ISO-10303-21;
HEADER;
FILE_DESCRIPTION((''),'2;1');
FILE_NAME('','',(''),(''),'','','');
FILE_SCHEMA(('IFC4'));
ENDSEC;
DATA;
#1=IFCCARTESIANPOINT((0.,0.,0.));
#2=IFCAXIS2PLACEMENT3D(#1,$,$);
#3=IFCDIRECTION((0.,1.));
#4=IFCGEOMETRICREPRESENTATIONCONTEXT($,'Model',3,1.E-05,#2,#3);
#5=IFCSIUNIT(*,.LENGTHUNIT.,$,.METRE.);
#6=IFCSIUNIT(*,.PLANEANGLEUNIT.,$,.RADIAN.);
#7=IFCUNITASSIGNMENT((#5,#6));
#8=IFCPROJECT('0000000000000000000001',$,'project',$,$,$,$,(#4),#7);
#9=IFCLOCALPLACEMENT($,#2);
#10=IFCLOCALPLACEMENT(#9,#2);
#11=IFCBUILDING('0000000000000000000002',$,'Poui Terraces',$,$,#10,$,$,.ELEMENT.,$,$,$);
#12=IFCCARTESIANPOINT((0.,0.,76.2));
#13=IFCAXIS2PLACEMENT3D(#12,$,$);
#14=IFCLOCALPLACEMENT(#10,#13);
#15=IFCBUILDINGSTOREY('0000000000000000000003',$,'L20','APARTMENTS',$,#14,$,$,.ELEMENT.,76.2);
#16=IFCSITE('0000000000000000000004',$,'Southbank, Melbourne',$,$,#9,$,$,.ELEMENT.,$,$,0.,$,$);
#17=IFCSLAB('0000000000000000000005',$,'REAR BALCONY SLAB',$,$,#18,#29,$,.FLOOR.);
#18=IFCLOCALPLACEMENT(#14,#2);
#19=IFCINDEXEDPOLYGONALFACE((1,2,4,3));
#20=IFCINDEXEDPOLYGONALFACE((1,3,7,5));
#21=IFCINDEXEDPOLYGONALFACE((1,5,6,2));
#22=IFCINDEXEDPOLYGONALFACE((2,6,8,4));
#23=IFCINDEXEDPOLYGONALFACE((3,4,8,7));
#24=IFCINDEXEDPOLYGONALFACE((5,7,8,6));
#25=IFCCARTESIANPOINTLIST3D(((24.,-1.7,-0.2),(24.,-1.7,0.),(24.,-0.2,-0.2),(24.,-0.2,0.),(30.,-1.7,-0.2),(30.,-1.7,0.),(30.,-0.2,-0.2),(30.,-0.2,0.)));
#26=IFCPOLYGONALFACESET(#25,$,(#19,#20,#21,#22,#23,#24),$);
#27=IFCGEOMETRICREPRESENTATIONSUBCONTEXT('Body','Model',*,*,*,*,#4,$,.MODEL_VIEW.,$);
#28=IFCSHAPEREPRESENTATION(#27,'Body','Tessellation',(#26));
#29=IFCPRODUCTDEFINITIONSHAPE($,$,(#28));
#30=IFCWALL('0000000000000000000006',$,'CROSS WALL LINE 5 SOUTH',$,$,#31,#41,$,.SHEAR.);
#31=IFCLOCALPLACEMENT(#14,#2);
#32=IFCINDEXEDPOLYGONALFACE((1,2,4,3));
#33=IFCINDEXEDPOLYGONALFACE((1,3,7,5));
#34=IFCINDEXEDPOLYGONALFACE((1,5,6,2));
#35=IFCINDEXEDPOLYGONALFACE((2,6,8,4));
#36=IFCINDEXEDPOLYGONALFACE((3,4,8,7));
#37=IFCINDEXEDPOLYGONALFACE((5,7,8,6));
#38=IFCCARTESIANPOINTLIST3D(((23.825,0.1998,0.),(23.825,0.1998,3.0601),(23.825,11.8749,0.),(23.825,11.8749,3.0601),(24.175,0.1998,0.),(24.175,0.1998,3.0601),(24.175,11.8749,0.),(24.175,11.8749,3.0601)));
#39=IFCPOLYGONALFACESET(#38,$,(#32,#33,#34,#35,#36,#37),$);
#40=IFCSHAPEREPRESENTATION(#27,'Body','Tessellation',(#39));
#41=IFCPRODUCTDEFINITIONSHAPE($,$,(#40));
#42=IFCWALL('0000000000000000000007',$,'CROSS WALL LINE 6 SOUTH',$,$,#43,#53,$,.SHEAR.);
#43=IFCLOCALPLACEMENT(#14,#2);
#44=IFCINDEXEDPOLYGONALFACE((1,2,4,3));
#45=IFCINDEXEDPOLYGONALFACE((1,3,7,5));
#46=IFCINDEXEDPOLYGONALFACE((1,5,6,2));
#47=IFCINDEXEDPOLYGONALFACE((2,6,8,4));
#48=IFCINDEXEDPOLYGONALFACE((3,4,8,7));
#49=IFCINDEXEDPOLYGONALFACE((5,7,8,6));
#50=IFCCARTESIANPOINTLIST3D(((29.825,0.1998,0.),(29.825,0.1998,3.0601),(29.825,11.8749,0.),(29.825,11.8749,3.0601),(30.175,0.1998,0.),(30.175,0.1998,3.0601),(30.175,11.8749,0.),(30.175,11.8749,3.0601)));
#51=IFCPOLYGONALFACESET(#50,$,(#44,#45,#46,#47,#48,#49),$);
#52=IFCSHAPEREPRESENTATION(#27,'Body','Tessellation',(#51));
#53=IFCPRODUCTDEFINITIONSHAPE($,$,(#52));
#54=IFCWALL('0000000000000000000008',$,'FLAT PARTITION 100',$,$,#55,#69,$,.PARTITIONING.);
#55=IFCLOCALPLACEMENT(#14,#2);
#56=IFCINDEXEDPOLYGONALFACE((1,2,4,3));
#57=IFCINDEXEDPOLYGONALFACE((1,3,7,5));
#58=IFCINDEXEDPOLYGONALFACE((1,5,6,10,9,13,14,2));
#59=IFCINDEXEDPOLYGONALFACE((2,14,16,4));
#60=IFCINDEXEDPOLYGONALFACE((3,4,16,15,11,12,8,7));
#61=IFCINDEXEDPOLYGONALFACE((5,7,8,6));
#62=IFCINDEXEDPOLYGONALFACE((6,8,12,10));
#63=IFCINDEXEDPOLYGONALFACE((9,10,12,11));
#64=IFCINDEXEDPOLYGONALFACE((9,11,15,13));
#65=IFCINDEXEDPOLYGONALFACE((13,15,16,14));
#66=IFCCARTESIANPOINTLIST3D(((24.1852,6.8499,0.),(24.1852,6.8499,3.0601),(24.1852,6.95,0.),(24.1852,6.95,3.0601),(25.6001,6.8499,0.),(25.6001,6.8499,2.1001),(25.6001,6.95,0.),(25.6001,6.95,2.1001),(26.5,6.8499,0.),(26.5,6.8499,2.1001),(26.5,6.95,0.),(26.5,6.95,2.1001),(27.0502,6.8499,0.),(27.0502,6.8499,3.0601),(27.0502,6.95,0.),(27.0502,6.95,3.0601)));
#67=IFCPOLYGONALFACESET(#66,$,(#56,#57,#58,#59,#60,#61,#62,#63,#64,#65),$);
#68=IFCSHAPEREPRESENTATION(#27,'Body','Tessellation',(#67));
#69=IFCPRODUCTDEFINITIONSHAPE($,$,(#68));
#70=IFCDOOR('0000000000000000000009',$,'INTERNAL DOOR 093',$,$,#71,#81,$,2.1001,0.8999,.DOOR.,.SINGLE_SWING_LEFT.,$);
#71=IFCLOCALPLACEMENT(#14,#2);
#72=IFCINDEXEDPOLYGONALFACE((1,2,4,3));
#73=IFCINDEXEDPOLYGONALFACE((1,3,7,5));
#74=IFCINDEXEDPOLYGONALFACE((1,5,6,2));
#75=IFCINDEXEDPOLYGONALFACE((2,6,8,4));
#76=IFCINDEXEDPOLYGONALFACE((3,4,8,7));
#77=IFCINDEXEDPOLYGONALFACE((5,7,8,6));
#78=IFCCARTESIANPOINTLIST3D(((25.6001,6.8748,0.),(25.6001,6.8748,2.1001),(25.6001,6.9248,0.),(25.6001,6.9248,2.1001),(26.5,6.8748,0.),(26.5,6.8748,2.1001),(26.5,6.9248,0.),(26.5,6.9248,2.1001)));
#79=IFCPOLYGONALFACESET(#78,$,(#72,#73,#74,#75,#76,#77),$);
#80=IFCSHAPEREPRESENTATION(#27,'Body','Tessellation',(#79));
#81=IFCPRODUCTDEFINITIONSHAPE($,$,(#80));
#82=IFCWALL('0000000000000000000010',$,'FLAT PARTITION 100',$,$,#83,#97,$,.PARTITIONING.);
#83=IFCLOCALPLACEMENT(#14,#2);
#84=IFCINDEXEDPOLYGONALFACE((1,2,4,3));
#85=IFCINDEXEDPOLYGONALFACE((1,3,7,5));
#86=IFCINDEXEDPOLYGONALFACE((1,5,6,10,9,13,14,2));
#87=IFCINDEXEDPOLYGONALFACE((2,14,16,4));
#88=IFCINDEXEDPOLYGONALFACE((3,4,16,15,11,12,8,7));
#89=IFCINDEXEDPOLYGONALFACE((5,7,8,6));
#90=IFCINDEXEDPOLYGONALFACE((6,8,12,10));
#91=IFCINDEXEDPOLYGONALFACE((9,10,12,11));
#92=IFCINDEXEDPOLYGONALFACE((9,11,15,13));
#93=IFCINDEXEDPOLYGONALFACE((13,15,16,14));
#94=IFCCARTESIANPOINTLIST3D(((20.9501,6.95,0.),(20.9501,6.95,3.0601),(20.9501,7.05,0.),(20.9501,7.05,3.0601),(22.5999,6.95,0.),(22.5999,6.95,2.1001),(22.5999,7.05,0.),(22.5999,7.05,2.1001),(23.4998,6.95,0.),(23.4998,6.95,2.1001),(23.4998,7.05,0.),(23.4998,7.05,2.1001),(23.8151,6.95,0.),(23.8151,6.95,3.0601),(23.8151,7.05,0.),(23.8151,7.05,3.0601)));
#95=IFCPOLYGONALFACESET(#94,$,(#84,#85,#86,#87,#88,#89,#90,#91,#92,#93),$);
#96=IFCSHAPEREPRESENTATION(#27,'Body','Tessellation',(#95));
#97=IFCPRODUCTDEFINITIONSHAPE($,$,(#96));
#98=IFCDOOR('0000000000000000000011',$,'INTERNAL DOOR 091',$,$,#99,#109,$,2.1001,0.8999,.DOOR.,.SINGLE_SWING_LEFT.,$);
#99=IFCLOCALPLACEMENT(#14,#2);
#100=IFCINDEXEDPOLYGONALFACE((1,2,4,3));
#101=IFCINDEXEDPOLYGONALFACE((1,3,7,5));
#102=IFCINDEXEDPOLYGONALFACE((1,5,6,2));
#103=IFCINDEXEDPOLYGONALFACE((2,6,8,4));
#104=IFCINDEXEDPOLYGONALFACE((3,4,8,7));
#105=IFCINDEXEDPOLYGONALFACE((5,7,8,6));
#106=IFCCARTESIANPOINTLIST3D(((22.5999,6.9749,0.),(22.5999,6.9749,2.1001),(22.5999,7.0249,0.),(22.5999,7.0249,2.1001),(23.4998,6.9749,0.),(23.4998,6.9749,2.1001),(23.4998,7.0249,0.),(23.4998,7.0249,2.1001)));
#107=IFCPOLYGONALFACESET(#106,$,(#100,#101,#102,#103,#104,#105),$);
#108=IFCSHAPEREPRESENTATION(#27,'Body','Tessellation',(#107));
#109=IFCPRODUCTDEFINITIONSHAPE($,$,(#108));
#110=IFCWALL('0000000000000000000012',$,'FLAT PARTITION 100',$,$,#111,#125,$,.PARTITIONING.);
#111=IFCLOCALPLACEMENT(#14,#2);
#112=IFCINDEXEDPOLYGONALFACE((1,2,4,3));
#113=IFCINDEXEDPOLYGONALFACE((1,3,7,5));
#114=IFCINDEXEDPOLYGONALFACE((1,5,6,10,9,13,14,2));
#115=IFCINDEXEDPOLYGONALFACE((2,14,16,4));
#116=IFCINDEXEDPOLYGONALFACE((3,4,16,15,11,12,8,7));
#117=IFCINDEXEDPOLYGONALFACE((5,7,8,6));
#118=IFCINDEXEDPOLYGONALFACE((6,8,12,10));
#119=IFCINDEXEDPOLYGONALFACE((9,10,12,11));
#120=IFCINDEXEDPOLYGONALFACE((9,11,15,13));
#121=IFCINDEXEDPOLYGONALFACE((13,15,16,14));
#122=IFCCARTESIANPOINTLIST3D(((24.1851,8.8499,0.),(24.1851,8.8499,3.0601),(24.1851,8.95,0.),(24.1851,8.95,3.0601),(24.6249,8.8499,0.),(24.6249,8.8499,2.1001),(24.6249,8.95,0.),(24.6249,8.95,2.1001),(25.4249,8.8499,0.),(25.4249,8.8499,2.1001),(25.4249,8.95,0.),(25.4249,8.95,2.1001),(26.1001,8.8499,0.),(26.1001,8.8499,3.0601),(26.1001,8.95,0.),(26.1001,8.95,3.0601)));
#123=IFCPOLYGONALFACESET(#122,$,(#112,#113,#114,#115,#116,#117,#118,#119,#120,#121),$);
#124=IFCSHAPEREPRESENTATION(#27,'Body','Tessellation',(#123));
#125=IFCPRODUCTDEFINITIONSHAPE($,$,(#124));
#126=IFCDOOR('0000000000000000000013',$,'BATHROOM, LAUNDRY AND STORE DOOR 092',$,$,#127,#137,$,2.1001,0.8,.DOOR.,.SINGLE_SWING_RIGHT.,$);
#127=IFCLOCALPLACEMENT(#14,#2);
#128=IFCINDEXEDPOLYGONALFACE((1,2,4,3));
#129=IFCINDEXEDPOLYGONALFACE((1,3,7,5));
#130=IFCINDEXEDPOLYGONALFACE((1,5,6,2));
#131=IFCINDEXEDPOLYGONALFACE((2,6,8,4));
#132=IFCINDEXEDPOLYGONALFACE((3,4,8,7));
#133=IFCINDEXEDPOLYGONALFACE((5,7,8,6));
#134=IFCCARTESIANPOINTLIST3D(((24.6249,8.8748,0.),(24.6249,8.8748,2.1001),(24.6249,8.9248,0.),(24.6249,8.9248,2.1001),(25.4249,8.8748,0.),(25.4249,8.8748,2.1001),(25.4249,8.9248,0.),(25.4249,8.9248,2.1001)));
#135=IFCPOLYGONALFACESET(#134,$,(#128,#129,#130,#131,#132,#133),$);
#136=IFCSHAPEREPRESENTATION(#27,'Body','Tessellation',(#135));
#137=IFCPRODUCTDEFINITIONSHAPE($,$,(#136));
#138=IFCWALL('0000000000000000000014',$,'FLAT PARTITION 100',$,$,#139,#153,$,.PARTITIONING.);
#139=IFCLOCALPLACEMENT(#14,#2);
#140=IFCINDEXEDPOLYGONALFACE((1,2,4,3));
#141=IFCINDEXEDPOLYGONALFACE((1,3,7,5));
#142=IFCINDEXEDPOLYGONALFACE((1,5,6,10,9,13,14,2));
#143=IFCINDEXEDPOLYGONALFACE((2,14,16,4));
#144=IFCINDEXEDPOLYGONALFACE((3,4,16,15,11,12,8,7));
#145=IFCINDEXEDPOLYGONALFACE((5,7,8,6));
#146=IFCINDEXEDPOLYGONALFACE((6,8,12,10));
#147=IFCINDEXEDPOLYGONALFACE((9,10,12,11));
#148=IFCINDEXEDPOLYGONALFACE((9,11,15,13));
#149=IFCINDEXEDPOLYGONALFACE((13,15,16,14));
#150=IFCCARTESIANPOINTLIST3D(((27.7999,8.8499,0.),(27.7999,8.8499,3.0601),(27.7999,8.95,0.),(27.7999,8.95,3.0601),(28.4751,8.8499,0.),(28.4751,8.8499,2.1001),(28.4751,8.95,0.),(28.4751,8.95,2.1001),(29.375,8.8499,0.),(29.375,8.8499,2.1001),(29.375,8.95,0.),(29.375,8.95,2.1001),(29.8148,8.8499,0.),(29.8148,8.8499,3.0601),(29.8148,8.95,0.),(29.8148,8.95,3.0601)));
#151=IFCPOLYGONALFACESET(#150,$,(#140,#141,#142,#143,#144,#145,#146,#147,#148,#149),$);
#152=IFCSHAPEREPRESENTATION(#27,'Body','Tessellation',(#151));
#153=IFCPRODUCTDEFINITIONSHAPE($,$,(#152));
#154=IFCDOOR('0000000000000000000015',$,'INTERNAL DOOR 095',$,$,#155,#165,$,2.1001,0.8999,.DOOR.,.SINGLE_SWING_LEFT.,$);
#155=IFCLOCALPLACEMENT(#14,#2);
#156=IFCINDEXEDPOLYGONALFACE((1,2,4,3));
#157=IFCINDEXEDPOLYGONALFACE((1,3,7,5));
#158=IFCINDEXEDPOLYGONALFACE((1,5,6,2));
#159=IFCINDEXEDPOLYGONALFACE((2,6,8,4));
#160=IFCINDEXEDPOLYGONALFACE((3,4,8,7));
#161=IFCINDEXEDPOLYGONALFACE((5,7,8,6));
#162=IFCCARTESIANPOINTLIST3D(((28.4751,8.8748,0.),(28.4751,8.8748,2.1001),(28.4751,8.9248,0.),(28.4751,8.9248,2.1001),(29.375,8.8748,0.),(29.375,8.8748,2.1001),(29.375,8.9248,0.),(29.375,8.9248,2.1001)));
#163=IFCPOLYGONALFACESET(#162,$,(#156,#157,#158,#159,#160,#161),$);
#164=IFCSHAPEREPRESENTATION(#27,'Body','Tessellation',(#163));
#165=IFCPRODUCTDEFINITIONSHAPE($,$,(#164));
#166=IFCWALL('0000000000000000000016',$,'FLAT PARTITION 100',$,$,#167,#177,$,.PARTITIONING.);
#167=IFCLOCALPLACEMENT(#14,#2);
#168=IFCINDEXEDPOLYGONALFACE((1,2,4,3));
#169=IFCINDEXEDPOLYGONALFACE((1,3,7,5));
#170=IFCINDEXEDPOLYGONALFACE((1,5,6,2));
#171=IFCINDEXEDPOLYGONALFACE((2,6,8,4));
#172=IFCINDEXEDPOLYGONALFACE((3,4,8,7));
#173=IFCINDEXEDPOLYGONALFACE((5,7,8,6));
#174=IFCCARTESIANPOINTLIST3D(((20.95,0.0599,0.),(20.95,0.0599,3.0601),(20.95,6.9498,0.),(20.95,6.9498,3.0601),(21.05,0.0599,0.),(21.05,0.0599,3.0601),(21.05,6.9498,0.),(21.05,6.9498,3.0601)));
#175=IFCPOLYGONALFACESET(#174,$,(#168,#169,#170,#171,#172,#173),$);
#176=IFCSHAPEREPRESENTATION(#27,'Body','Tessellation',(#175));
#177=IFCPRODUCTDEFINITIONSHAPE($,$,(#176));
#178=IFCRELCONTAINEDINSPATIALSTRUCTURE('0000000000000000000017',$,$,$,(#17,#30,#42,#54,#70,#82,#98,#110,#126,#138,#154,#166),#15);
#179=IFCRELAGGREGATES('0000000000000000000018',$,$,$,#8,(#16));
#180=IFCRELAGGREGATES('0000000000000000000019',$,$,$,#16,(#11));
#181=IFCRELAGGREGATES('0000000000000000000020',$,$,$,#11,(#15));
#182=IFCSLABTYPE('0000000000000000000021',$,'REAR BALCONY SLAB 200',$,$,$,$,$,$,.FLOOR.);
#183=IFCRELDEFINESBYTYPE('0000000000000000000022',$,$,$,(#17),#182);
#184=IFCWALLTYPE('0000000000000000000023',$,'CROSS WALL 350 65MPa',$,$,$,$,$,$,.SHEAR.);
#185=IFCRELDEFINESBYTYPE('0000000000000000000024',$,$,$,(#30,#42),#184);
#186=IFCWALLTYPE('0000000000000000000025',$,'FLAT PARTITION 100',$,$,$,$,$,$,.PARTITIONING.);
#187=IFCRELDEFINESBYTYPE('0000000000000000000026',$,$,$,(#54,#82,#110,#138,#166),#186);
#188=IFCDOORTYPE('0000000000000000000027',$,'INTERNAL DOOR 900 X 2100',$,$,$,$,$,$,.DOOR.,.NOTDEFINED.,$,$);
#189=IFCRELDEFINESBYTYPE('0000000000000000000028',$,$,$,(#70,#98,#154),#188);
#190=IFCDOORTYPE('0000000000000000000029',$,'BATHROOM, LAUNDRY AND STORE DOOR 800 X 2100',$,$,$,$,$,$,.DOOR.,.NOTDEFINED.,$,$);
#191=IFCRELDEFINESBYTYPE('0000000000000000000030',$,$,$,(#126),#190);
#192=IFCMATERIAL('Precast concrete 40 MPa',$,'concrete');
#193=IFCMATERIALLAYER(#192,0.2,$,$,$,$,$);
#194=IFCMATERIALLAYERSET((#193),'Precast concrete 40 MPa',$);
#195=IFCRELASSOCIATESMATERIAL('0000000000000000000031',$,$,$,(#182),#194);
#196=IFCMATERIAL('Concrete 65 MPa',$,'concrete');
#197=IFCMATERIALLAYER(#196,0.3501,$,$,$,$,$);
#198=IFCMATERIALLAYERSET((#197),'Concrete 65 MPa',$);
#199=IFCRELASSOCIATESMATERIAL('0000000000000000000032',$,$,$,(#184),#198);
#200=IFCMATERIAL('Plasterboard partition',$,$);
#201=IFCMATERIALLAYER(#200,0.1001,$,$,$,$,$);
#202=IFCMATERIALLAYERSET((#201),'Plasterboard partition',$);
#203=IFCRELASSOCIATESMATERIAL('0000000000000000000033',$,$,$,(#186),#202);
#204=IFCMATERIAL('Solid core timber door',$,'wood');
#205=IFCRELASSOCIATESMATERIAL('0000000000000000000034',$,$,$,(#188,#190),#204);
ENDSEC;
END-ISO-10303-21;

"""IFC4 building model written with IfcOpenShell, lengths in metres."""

from ifc_helpers import new_model, si_unit, direction, frame, frame_2d, origin, place, context, subcontext, project, spatial, polyline, rectangle, outline, extrude, source, transform, mapped, material, layer, layer_set, type_object, element, fill, save


model = new_model("IFC4")

# Units and contexts
model_context = context("Model", 3, precision=1e-05, world=origin(), true_north=direction((0.0, 1.0)))
body_context = subcontext(model_context, "Body", "Model", "MODEL_VIEW")
ifc_project = project(units=[si_unit("LENGTHUNIT", "METRE"), si_unit("PLANEANGLEUNIT", "RADIAN")], contexts=[model_context])

# Site, building, storey
site_placement = place(None, origin())
site = spatial("IfcSite", under=ifc_project, at=site_placement, Name="Southbank, Melbourne", CompositionType="ELEMENT", RefElevation=0.0)
building_placement = place(site_placement, origin())
building = spatial("IfcBuilding", under=site, at=building_placement, Name="Poui Terraces", CompositionType="ELEMENT")
storey_placement = place(building_placement, frame((0.0, 0.0, 76.2)))
storey = spatial("IfcBuildingStorey", under=building, at=storey_placement, Name="L20", Description="APARTMENTS", CompositionType="ELEMENT", Elevation=76.2)

# Slab
ifc_material_1 = material(Name="Precast concrete 40 MPa", Category="concrete")
ifc_layer_1 = layer(ifc_material_1, 0.2)
ifc_layer_set_1 = layer_set([ifc_layer_1], Name="Precast concrete 40 MPa")
slab_type = type_object("IfcSlabType", Name="REAR BALCONY SLAB 200", PredefinedType="FLOOR", material=ifc_layer_set_1)
shared_shape_1 = source(origin(), body_context, "Body", "SweptSolid", [
    extrude(outline(polyline([(0.0, 0.0), (6.0, 0.0), (6.0, 1.5), (0.0, 1.5), (0.0, 0.0)])), origin(), (0.0, 0.0, 1.0), 0.2),
])
slab_placement = place(storey_placement, frame((24.0, -1.7, -0.2)))
element("IfcSlab", 1, at=slab_placement, inside=storey, type_object=slab_type, Name="REAR BALCONY SLAB", PredefinedType="FLOOR", context=body_context, shape_type="MappedRepresentation", body=[
    mapped(shared_shape_1, transform((0.0, 0.0, 0.0))),
])

# Walls
ifc_material_2 = material(Name="Concrete 65 MPa", Category="concrete")
ifc_layer_2 = layer(ifc_material_2, 0.3501)
ifc_layer_set_2 = layer_set([ifc_layer_2], Name="Concrete 65 MPa")
wall_type_1 = type_object("IfcWallType", Name="CROSS WALL 350 65MPa", PredefinedType="SHEAR", material=ifc_layer_set_2)
for number, where, z_axis, x_axis, name in (
    (2, (24.0, 0.2, 0.0), (0.0, 0.0, 1.0), (0.0, 1.0, 0.0), "CROSS WALL LINE 5 SOUTH"),
    (3, (30.0, 0.2, 0.0), (0.0, 0.0, 1.0), (0.0, 1.0, 0.0), "CROSS WALL LINE 6 SOUTH"),
):
    element("IfcWall", number, at=place(storey_placement, frame(where, z_axis=z_axis, x_axis=x_axis)), inside=storey, type_object=wall_type_1, Name=name, PredefinedType="SHEAR", context=body_context, shape_type="SweptSolid", body=[
        extrude(rectangle(XDim=11.675, YDim=0.3501, at=frame_2d((5.8374, 0.0))), origin(), (0.0, 0.0, 1.0), 3.0601),
    ])

# Walls, openings, doors
ifc_material_3 = material(Name="Plasterboard partition")
ifc_layer_3 = layer(ifc_material_3, 0.1001)
ifc_layer_set_3 = layer_set([ifc_layer_3], Name="Plasterboard partition")
wall_type_2 = type_object("IfcWallType", Name="FLAT PARTITION 100", PredefinedType="PARTITIONING", material=ifc_layer_set_3)
wall_1_placement = place(storey_placement, frame((24.1851, 6.8999, 0.0), z_axis=(0.0, 0.0, 1.0), x_axis=(1.0, 0.0, 0.0)))
wall_1 = element("IfcWall", 4, at=wall_1_placement, inside=storey, type_object=wall_type_2, Name="FLAT PARTITION 100", PredefinedType="PARTITIONING", context=body_context, shape_type="SweptSolid", body=[
    extrude(rectangle(XDim=2.865, YDim=0.1001, at=frame_2d((1.4326, 0.0))), origin(), (0.0, 0.0, 1.0), 3.0601),
])
opening_1_placement = place(wall_1_placement, frame((1.415, 0.0, 0.0)))
opening_1 = element("IfcOpeningElement", 5, at=opening_1_placement, cuts=wall_1, PredefinedType="OPENING", context=body_context, shape_type="SweptSolid", body=[
    extrude(rectangle(XDim=0.8999, YDim=2.1001, at=frame_2d((0.45, 1.05))), frame((0.0, 0.0601, 0.0), z_axis=(0.0, -1.0, 0.0), x_axis=(1.0, 0.0, 0.0)), (0.0, 0.0, 1.0), 0.1201),
])
ifc_material_4 = material(Name="Solid core timber door", Category="wood")
door_type_1 = type_object("IfcDoorType", Name="INTERNAL DOOR 900 X 2100", OperationType="NOTDEFINED", PredefinedType="DOOR", material=ifc_material_4)
door_1_placement = place(opening_1_placement, origin())
door_1 = element("IfcDoor", 6, at=door_1_placement, inside=storey, type_object=door_type_1, Name="INTERNAL DOOR 093", OperationType="SINGLE_SWING_LEFT", OverallHeight=2.1001, OverallWidth=0.8999, PredefinedType="DOOR", context=body_context, shape_type="SweptSolid", body=[
    extrude(rectangle(XDim=0.8999, YDim=2.1001, at=frame_2d((0.45, 1.05))), frame((0.0, 0.0249, 0.0), z_axis=(0.0, -1.0, 0.0), x_axis=(1.0, 0.0, 0.0)), (0.0, 0.0, 1.0), 0.05),
])
fill(opening_1, door_1)
wall_2_placement = place(storey_placement, frame((20.95, 7.0, 0.0), z_axis=(0.0, 0.0, 1.0), x_axis=(1.0, 0.0, 0.0)))
wall_2 = element("IfcWall", 7, at=wall_2_placement, inside=storey, type_object=wall_type_2, Name="FLAT PARTITION 100", PredefinedType="PARTITIONING", context=body_context, shape_type="SweptSolid", body=[
    extrude(rectangle(XDim=2.865, YDim=0.1001, at=frame_2d((1.4326, 0.0))), origin(), (0.0, 0.0, 1.0), 3.0601),
])
opening_2_placement = place(wall_2_placement, frame((1.6499, 0.0, 0.0)))
opening_2 = element("IfcOpeningElement", 8, at=opening_2_placement, cuts=wall_2, PredefinedType="OPENING", context=body_context, shape_type="SweptSolid", body=[
    extrude(rectangle(XDim=0.8999, YDim=2.1001, at=frame_2d((0.45, 1.05))), frame((0.0, 0.0601, 0.0), z_axis=(0.0, -1.0, 0.0), x_axis=(1.0, 0.0, 0.0)), (0.0, 0.0, 1.0), 0.1201),
])
door_2_placement = place(opening_2_placement, origin())
door_2 = element("IfcDoor", 9, at=door_2_placement, inside=storey, type_object=door_type_1, Name="INTERNAL DOOR 091", OperationType="SINGLE_SWING_LEFT", OverallHeight=2.1001, OverallWidth=0.8999, PredefinedType="DOOR", context=body_context, shape_type="SweptSolid", body=[
    extrude(rectangle(XDim=0.8999, YDim=2.1001, at=frame_2d((0.45, 1.05))), frame((0.0, 0.0249, 0.0), z_axis=(0.0, -1.0, 0.0), x_axis=(1.0, 0.0, 0.0)), (0.0, 0.0, 1.0), 0.05),
])
fill(opening_2, door_2)
wall_3_placement = place(storey_placement, frame((24.1851, 8.8999, 0.0), z_axis=(0.0, 0.0, 1.0), x_axis=(1.0, 0.0, 0.0)))
wall_3 = element("IfcWall", 10, at=wall_3_placement, inside=storey, type_object=wall_type_2, Name="FLAT PARTITION 100", PredefinedType="PARTITIONING", context=body_context, shape_type="SweptSolid", body=[
    extrude(rectangle(XDim=1.915, YDim=0.1001, at=frame_2d((0.9575, 0.0))), origin(), (0.0, 0.0, 1.0), 3.0601),
])
opening_3_placement = place(wall_3_placement, frame((0.4399, 0.0, 0.0)))
opening_3 = element("IfcOpeningElement", 11, at=opening_3_placement, cuts=wall_3, PredefinedType="OPENING", context=body_context, shape_type="SweptSolid", body=[
    extrude(rectangle(XDim=0.8, YDim=2.1001, at=frame_2d((0.3999, 1.05))), frame((0.0, 0.0601, 0.0), z_axis=(0.0, -1.0, 0.0), x_axis=(1.0, 0.0, 0.0)), (0.0, 0.0, 1.0), 0.1201),
])
door_type_2 = type_object("IfcDoorType", Name="BATHROOM, LAUNDRY AND STORE DOOR 800 X 2100", OperationType="NOTDEFINED", PredefinedType="DOOR", material=ifc_material_4)
door_3_placement = place(opening_3_placement, origin())
door_3 = element("IfcDoor", 12, at=door_3_placement, inside=storey, type_object=door_type_2, Name="BATHROOM, LAUNDRY AND STORE DOOR 092", OperationType="SINGLE_SWING_RIGHT", OverallHeight=2.1001, OverallWidth=0.8, PredefinedType="DOOR", context=body_context, shape_type="SweptSolid", body=[
    extrude(rectangle(XDim=0.8, YDim=2.1001, at=frame_2d((0.3999, 1.05))), frame((0.0, 0.0249, 0.0), z_axis=(0.0, -1.0, 0.0), x_axis=(1.0, 0.0, 0.0)), (0.0, 0.0, 1.0), 0.05),
])
fill(opening_3, door_3)
wall_4_placement = place(storey_placement, frame((27.8, 8.8999, 0.0), z_axis=(0.0, 0.0, 1.0), x_axis=(1.0, 0.0, 0.0)))
wall_4 = element("IfcWall", 13, at=wall_4_placement, inside=storey, type_object=wall_type_2, Name="FLAT PARTITION 100", PredefinedType="PARTITIONING", context=body_context, shape_type="SweptSolid", body=[
    extrude(rectangle(XDim=2.0149, YDim=0.1001, at=frame_2d((1.0073, 0.0))), origin(), (0.0, 0.0, 1.0), 3.0601),
])
opening_4_placement = place(wall_4_placement, frame((0.675, 0.0, 0.0)))
opening_4 = element("IfcOpeningElement", 14, at=opening_4_placement, cuts=wall_4, PredefinedType="OPENING", context=body_context, shape_type="SweptSolid", body=[
    extrude(rectangle(XDim=0.8999, YDim=2.1001, at=frame_2d((0.45, 1.05))), frame((0.0, 0.0601, 0.0), z_axis=(0.0, -1.0, 0.0), x_axis=(1.0, 0.0, 0.0)), (0.0, 0.0, 1.0), 0.1201),
])
door_4_placement = place(opening_4_placement, origin())
door_4 = element("IfcDoor", 15, at=door_4_placement, inside=storey, type_object=door_type_1, Name="INTERNAL DOOR 095", OperationType="SINGLE_SWING_LEFT", OverallHeight=2.1001, OverallWidth=0.8999, PredefinedType="DOOR", context=body_context, shape_type="SweptSolid", body=[
    extrude(rectangle(XDim=0.8999, YDim=2.1001, at=frame_2d((0.45, 1.05))), frame((0.0, 0.0249, 0.0), z_axis=(0.0, -1.0, 0.0), x_axis=(1.0, 0.0, 0.0)), (0.0, 0.0, 1.0), 0.05),
])
fill(opening_4, door_4)

# Wall
wall_5_placement = place(storey_placement, frame((21.0, 0.0601, 0.0), z_axis=(0.0, 0.0, 1.0), x_axis=(0.0, 1.0, 0.0)))
element("IfcWall", 16, at=wall_5_placement, inside=storey, type_object=wall_type_2, Name="FLAT PARTITION 100", PredefinedType="PARTITIONING", context=body_context, shape_type="SweptSolid", body=[
    extrude(rectangle(XDim=6.8899, YDim=0.1001, at=frame_2d((3.4448, 0.0))), origin(), (0.0, 0.0, 1.0), 3.0601),
])

save(model, "model.ifc")
